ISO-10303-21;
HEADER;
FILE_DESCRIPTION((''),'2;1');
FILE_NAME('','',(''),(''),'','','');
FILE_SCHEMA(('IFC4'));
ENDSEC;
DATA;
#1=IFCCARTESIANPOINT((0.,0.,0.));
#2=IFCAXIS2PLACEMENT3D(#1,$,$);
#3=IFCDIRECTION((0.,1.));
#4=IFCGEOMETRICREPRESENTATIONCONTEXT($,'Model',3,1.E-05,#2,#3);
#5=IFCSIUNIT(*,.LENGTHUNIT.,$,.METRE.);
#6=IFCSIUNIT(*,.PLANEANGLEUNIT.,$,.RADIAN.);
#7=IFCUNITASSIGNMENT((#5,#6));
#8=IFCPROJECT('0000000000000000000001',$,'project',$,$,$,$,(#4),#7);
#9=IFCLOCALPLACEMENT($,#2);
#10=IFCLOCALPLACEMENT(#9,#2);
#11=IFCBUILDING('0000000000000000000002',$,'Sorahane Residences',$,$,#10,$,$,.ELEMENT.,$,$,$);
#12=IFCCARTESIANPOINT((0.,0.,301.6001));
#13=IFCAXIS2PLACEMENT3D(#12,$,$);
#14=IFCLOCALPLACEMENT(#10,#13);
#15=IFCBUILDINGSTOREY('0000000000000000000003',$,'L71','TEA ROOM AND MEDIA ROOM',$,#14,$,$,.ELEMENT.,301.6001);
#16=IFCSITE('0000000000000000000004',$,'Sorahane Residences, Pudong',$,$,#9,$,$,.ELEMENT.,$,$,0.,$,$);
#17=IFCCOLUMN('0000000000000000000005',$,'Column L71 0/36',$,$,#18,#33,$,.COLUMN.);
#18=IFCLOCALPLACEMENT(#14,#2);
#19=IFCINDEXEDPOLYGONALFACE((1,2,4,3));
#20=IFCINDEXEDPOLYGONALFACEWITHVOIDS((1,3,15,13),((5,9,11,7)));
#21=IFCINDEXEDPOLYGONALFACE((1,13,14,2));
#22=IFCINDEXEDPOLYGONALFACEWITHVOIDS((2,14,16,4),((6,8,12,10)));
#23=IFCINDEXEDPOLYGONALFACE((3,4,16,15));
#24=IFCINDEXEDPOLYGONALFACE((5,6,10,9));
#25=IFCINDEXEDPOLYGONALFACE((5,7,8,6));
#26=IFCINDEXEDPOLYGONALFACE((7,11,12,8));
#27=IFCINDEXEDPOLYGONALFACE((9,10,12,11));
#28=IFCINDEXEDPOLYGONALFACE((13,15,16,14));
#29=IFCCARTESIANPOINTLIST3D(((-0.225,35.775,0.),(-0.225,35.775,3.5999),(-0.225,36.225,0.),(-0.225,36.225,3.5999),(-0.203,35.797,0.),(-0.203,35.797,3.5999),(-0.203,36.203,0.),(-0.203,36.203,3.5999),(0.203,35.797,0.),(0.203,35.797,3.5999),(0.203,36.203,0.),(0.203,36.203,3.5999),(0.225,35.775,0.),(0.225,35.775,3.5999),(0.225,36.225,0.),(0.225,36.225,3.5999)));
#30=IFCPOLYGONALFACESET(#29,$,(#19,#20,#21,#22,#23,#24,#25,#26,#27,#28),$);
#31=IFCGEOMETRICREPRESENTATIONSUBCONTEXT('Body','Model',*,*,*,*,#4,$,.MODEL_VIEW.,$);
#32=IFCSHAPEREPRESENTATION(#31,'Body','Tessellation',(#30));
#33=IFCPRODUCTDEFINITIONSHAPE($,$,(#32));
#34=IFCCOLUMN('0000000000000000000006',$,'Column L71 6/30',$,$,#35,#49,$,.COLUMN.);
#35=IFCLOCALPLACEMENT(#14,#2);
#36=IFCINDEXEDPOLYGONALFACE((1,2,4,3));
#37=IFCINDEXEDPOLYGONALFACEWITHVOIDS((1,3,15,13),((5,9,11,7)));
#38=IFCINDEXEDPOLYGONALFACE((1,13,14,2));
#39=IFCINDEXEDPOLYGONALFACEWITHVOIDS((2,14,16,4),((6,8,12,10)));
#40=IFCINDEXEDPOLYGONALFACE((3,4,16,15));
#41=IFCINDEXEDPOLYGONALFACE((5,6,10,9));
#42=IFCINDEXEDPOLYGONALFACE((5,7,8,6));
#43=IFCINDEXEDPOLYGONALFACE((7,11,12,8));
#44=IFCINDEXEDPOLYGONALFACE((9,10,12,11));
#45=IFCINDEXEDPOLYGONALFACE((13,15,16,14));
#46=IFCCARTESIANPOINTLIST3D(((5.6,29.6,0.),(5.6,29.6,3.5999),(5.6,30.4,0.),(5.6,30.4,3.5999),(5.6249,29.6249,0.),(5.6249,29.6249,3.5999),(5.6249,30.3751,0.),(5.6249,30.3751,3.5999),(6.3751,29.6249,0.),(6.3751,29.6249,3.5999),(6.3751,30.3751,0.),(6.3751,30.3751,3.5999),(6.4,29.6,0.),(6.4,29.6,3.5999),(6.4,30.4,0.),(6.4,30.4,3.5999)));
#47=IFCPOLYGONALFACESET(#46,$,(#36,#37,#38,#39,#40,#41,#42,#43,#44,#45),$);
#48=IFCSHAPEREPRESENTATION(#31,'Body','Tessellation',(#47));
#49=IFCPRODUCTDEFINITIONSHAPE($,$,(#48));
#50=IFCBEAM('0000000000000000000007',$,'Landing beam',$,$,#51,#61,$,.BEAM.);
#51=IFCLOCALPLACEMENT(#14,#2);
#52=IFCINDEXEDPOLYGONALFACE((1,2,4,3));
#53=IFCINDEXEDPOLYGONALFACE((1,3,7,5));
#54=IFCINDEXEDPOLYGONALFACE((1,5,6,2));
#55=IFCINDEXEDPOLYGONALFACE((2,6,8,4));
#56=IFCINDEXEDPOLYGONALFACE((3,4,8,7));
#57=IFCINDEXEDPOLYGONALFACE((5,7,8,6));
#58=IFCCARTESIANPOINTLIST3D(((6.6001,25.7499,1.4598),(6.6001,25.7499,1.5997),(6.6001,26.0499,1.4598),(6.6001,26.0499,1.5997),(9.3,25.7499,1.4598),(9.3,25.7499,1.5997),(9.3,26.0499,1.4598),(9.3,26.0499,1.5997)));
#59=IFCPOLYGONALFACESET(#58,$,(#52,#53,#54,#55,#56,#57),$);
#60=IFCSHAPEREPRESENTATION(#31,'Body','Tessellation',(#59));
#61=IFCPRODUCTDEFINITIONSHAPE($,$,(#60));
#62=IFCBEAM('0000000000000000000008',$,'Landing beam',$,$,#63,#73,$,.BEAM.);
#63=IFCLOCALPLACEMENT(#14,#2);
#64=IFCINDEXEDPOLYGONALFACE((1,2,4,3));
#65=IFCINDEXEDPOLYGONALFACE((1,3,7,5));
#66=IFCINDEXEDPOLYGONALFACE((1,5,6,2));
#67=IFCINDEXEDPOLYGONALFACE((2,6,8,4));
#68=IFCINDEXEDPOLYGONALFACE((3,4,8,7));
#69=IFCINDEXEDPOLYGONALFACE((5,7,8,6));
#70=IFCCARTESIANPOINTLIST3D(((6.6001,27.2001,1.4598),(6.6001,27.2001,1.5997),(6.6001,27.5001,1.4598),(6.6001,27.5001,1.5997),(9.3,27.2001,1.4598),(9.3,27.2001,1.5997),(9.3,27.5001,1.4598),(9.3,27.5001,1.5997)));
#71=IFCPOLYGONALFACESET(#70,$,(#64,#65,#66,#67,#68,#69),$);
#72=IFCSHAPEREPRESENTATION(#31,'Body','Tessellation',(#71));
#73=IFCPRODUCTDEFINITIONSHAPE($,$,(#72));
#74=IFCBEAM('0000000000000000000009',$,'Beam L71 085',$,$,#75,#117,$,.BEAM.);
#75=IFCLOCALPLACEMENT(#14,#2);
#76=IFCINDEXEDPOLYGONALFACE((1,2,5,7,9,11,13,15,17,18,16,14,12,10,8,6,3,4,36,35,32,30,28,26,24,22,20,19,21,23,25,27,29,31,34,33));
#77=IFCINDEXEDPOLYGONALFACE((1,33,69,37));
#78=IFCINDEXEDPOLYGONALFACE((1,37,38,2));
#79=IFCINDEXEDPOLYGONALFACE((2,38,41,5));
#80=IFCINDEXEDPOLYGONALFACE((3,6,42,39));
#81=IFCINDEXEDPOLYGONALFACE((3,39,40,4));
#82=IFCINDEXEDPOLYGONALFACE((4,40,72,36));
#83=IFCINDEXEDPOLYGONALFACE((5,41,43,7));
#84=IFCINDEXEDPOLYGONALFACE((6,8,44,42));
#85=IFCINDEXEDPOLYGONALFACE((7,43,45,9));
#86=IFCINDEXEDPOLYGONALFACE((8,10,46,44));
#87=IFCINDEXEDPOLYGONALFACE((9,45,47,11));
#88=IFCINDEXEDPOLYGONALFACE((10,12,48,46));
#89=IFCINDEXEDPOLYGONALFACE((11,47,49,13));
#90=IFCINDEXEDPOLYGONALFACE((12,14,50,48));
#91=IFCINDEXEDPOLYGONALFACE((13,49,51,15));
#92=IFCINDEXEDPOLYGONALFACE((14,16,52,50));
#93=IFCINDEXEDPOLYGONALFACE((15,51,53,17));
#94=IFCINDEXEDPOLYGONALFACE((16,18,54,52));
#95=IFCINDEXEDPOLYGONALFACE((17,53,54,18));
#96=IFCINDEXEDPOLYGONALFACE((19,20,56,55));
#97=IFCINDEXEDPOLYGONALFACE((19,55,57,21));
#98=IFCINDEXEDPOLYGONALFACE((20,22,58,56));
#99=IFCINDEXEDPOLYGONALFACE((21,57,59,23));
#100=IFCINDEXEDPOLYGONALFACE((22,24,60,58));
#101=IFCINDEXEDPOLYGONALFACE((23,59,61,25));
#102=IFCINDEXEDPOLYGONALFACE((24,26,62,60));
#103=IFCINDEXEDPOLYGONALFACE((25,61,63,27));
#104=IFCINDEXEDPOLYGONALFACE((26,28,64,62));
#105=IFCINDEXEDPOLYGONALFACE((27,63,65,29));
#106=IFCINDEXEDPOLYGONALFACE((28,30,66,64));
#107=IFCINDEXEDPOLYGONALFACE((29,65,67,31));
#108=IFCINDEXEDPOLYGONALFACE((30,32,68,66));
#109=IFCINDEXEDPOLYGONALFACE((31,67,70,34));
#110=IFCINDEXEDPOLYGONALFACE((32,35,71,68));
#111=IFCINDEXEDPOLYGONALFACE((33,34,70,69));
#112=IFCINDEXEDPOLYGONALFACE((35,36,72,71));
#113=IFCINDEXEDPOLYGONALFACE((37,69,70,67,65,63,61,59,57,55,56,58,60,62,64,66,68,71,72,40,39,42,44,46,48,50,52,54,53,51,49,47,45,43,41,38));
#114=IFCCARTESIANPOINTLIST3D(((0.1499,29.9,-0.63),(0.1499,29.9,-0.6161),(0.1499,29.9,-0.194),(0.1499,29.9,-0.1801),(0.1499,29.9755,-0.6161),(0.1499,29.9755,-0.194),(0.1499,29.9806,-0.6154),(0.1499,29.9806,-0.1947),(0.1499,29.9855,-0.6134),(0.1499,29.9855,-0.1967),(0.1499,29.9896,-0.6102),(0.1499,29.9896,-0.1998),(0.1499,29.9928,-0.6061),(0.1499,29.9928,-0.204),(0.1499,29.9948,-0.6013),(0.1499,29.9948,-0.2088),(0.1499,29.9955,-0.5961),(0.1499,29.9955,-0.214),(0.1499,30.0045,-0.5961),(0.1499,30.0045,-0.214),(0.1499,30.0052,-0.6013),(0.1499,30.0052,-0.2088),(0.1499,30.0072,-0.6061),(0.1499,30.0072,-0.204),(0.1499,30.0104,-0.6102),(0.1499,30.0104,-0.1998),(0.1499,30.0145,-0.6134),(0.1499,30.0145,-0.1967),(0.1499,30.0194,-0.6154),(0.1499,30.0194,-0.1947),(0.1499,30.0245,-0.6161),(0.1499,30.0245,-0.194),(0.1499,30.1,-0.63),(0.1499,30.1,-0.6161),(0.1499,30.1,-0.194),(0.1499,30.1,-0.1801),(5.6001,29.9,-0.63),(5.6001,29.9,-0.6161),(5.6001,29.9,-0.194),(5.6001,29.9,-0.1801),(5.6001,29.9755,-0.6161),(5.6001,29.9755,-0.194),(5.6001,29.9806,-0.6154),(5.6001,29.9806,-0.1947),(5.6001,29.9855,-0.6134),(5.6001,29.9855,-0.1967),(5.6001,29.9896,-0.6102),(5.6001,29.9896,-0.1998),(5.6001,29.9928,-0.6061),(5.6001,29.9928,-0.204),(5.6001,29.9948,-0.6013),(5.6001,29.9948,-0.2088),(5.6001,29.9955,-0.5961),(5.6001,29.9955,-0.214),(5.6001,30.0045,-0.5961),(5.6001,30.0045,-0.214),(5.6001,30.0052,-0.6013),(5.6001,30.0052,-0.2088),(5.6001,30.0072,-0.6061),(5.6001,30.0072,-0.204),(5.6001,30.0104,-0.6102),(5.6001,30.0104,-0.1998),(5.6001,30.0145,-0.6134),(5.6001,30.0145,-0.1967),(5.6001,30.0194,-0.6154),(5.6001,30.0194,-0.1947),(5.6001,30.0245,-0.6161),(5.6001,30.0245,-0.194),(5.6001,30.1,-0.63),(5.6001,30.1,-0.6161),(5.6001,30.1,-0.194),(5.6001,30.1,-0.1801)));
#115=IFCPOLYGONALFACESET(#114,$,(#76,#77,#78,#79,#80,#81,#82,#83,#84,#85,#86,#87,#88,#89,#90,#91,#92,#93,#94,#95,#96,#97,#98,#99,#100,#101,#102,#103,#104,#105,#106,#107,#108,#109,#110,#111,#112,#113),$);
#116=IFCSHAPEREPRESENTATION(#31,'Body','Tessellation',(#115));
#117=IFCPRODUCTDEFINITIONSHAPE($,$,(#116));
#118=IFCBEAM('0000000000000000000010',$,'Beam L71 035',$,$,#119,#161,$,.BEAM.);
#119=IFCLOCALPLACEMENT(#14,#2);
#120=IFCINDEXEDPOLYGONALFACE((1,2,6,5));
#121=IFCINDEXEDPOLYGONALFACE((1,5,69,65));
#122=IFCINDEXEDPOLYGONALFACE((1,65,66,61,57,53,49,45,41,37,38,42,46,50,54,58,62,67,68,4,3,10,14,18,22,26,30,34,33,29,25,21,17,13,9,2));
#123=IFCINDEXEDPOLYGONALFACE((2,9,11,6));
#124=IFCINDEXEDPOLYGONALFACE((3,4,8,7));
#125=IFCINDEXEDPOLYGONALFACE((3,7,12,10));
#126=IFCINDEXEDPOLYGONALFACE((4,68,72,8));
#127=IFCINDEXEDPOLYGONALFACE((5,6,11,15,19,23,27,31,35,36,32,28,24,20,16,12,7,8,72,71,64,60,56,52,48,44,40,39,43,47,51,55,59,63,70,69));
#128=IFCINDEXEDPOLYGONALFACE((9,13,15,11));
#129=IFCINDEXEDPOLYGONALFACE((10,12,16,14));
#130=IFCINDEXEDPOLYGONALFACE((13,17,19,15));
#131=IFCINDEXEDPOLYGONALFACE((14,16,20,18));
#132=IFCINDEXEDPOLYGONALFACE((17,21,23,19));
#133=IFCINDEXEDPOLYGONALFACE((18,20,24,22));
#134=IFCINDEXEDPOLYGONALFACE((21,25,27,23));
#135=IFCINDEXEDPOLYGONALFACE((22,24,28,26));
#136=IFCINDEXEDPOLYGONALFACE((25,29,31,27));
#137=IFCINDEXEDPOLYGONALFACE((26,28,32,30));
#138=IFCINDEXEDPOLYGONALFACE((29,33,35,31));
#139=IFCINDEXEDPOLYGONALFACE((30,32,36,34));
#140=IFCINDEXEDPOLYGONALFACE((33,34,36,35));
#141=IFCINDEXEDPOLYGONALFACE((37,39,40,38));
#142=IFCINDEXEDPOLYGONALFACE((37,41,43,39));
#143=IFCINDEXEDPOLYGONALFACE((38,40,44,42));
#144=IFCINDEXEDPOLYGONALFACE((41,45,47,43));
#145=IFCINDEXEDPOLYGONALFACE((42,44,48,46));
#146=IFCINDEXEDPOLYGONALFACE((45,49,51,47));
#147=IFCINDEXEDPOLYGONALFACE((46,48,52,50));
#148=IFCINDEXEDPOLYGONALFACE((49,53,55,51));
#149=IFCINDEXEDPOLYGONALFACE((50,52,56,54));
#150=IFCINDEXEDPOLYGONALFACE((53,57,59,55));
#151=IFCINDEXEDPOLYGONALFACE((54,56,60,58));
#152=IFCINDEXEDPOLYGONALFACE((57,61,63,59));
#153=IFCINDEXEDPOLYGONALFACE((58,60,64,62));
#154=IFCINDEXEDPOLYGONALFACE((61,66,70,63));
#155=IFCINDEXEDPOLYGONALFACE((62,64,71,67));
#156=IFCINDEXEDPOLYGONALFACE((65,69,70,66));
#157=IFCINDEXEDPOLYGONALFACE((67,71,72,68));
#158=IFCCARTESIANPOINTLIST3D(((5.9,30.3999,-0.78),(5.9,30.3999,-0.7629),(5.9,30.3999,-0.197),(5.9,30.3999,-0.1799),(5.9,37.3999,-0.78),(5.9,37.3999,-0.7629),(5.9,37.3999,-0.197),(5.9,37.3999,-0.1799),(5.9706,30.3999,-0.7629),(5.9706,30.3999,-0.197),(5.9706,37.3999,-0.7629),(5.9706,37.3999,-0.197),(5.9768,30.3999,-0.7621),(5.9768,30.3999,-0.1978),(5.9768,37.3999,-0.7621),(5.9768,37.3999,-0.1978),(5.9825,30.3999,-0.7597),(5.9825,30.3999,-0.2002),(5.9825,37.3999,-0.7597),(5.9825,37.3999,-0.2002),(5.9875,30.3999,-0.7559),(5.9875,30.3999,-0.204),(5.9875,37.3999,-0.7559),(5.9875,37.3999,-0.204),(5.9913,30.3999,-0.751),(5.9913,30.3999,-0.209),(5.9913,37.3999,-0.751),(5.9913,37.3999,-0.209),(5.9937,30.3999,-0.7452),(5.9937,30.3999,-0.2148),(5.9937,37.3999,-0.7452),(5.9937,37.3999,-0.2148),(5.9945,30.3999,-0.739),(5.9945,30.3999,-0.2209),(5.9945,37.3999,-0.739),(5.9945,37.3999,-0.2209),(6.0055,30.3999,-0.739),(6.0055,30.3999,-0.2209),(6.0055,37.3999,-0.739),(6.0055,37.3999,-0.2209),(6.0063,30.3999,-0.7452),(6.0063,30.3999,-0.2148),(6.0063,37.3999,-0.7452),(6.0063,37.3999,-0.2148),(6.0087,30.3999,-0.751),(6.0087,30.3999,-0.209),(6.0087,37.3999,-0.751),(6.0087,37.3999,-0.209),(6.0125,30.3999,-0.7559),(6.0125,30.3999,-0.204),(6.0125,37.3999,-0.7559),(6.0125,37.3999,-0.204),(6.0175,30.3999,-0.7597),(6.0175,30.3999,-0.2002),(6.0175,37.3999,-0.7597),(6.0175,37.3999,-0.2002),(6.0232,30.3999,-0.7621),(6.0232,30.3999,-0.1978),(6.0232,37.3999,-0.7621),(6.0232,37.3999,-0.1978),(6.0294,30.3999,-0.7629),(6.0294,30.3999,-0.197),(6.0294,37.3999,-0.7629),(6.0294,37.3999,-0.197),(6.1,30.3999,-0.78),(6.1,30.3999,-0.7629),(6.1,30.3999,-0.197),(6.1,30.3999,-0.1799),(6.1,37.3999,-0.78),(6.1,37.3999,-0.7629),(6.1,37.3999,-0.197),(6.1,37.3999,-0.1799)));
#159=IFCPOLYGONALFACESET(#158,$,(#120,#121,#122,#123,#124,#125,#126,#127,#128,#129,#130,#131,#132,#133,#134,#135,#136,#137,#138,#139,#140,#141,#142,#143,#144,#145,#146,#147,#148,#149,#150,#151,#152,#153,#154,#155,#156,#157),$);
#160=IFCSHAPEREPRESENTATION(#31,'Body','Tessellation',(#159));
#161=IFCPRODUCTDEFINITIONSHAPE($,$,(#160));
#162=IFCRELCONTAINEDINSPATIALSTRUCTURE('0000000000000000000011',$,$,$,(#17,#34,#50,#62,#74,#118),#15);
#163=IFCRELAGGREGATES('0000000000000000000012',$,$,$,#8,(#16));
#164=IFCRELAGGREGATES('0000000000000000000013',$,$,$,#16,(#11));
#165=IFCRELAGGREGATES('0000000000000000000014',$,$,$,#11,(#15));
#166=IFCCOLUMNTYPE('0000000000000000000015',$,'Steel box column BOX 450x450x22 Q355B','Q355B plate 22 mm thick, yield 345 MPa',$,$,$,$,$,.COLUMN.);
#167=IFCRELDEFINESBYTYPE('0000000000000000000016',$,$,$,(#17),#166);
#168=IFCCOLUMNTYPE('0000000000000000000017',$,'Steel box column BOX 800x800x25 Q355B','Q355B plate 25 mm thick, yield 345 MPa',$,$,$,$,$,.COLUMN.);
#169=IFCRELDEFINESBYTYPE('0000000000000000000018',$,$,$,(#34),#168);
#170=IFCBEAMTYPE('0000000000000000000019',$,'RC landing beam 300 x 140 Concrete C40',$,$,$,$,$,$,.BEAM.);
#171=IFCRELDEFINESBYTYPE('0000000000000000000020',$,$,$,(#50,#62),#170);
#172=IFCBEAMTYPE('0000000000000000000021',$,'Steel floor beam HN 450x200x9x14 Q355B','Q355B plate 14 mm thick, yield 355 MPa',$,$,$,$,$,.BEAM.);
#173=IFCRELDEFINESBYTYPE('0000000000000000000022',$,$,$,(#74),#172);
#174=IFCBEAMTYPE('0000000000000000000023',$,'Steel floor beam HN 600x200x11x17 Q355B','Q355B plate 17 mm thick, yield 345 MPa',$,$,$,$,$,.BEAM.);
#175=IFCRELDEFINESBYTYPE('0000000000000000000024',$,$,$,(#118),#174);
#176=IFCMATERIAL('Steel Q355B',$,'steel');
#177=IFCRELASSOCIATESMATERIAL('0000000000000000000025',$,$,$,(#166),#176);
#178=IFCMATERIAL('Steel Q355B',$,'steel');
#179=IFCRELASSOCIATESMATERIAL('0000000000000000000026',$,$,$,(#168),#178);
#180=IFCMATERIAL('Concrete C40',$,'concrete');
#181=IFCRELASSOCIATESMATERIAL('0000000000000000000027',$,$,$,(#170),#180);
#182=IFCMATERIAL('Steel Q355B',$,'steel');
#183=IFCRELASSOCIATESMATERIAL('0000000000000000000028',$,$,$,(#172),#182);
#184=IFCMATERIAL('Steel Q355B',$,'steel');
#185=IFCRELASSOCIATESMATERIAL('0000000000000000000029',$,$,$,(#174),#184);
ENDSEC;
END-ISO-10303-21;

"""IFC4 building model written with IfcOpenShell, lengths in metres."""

from ifc_helpers import new_model, si_unit, direction, frame, origin, origin_2d, place, context, subcontext, project, spatial, rectangle, hollow_rectangle, i_section, extrude, material, material_profile, profile_set, type_object, element, save


model = new_model("IFC4")

# Units and contexts
model_context = context("Model", 3, precision=1e-05, world=origin(), true_north=direction((0.0, 1.0)))
body_context = subcontext(model_context, "Body", "Model", "MODEL_VIEW")
ifc_project = project(units=[si_unit("LENGTHUNIT", "METRE"), si_unit("PLANEANGLEUNIT", "RADIAN")], contexts=[model_context])

# Site, building, storey
site_placement = place(None, origin())
site = spatial("IfcSite", under=ifc_project, at=site_placement, Name="Sorahane Residences, Pudong", CompositionType="ELEMENT", RefElevation=0.0)
building_placement = place(site_placement, origin())
building = spatial("IfcBuilding", under=site, at=building_placement, Name="Sorahane Residences", CompositionType="ELEMENT")
storey_placement = place(building_placement, frame((0.0, 0.0, 301.6001)))
storey = spatial("IfcBuildingStorey", under=building, at=storey_placement, Name="L71", Description="TEA ROOM AND MEDIA ROOM", CompositionType="ELEMENT", Elevation=301.6001)

# Columns
ifc_material_1 = material(Name="Steel Q355B", Category="steel")
ifc_material_profile_1 = material_profile(ifc_material_1, hollow_rectangle(XDim=0.45, YDim=0.45, WallThickness=0.022, at=origin_2d()), Name="BOX 450x450x22")
ifc_profile_set_1 = profile_set([ifc_material_profile_1], Name="Steel Q355B")
column_type_1 = type_object("IfcColumnType", Name="Steel box column BOX 450x450x22 Q355B", Description="Q355B plate 22 mm thick, yield 345 MPa", PredefinedType="COLUMN", material=ifc_profile_set_1)
column_1_placement = place(storey_placement, frame((0.0, 36.0, 0.0), z_axis=(0.0, 0.0, 1.0), x_axis=(1.0, 0.0, 0.0)))
element("IfcColumn", 1, at=column_1_placement, inside=storey, type_object=column_type_1, Name="Column L71 0/36", PredefinedType="COLUMN", context=body_context, shape_type="SweptSolid", body=[
    extrude(hollow_rectangle(XDim=0.45, YDim=0.45, WallThickness=0.022, at=origin_2d()), origin(), (0.0, 0.0, 1.0), 3.5999),
])
ifc_material_2 = material(Name="Steel Q355B", Category="steel")
ifc_material_profile_2 = material_profile(ifc_material_2, hollow_rectangle(XDim=0.8, YDim=0.8, WallThickness=0.0249, at=origin_2d()), Name="BOX 800x800x25")
ifc_profile_set_2 = profile_set([ifc_material_profile_2], Name="Steel Q355B")
column_type_2 = type_object("IfcColumnType", Name="Steel box column BOX 800x800x25 Q355B", Description="Q355B plate 25 mm thick, yield 345 MPa", PredefinedType="COLUMN", material=ifc_profile_set_2)
column_2_placement = place(storey_placement, frame((6.0, 30.0, 0.0), z_axis=(0.0, 0.0, 1.0), x_axis=(1.0, 0.0, 0.0)))
element("IfcColumn", 2, at=column_2_placement, inside=storey, type_object=column_type_2, Name="Column L71 6/30", PredefinedType="COLUMN", context=body_context, shape_type="SweptSolid", body=[
    extrude(hollow_rectangle(XDim=0.8, YDim=0.8, WallThickness=0.0249, at=origin_2d()), origin(), (0.0, 0.0, 1.0), 3.5999),
])

# Beams
ifc_material_3 = material(Name="Concrete C40", Category="concrete")
ifc_material_profile_3 = material_profile(ifc_material_3, rectangle(XDim=0.3, YDim=0.1399, at=origin_2d()), Name="300x140")
ifc_profile_set_3 = profile_set([ifc_material_profile_3], Name="Concrete C40")
beam_type_1 = type_object("IfcBeamType", Name="RC landing beam 300 x 140 Concrete C40", PredefinedType="BEAM", material=ifc_profile_set_3)
for number, where, z_axis, x_axis, name in (
    (3, (6.6001, 25.8999, 1.5298), (1.0, 0.0, 0.0), (0.0, 1.0, 0.0), "Landing beam"),
    (4, (6.6001, 27.3501, 1.5298), (1.0, 0.0, 0.0), (0.0, 1.0, 0.0), "Landing beam"),
):
    element("IfcBeam", number, at=place(storey_placement, frame(where, z_axis=z_axis, x_axis=x_axis)), inside=storey, type_object=beam_type_1, Name=name, PredefinedType="BEAM", context=body_context, shape_type="SweptSolid", body=[
        extrude(rectangle(XDim=0.3, YDim=0.1399, at=origin_2d()), origin(), (0.0, 0.0, 1.0), 2.7),
    ])
ifc_material_4 = material(Name="Steel Q355B", Category="steel")
ifc_material_profile_4 = material_profile(ifc_material_4, i_section(OverallWidth=0.2, OverallDepth=0.45, WebThickness=0.009, FlangeThickness=0.0139, FilletRadius=0.02, at=origin_2d()), Name="HN 450x200x9x14")
ifc_profile_set_4 = profile_set([ifc_material_profile_4], Name="Steel Q355B")
beam_type_2 = type_object("IfcBeamType", Name="Steel floor beam HN 450x200x9x14 Q355B", Description="Q355B plate 14 mm thick, yield 355 MPa", PredefinedType="BEAM", material=ifc_profile_set_4)
beam_1_placement = place(storey_placement, frame((0.1499, 30.0, -0.405), z_axis=(1.0, 0.0, 0.0), x_axis=(0.0, 1.0, 0.0)))
element("IfcBeam", 5, at=beam_1_placement, inside=storey, type_object=beam_type_2, Name="Beam L71 085", PredefinedType="BEAM", context=body_context, shape_type="SweptSolid", body=[
    extrude(i_section(OverallWidth=0.2, OverallDepth=0.45, WebThickness=0.009, FlangeThickness=0.0139, FilletRadius=0.02, at=origin_2d()), origin(), (0.0, 0.0, 1.0), 5.4502),
])
ifc_material_5 = material(Name="Steel Q355B", Category="steel")
ifc_material_profile_5 = material_profile(ifc_material_5, i_section(OverallWidth=0.2, OverallDepth=0.6001, WebThickness=0.011, FlangeThickness=0.0171, FilletRadius=0.0239, at=origin_2d()), Name="HN 600x200x11x17")
ifc_profile_set_5 = profile_set([ifc_material_profile_5], Name="Steel Q355B")
beam_type_3 = type_object("IfcBeamType", Name="Steel floor beam HN 600x200x11x17 Q355B", Description="Q355B plate 17 mm thick, yield 345 MPa", PredefinedType="BEAM", material=ifc_profile_set_5)
beam_2_placement = place(storey_placement, frame((6.0, 30.3999, -0.48), z_axis=(0.0, 1.0, 0.0), x_axis=(-1.0, 0.0, 0.0)))
element("IfcBeam", 6, at=beam_2_placement, inside=storey, type_object=beam_type_3, Name="Beam L71 035", PredefinedType="BEAM", context=body_context, shape_type="SweptSolid", body=[
    extrude(i_section(OverallWidth=0.2, OverallDepth=0.6001, WebThickness=0.011, FlangeThickness=0.0171, FilletRadius=0.0239, at=origin_2d()), origin(), (0.0, 0.0, 1.0), 7.0),
])

save(model, "model.ifc")
